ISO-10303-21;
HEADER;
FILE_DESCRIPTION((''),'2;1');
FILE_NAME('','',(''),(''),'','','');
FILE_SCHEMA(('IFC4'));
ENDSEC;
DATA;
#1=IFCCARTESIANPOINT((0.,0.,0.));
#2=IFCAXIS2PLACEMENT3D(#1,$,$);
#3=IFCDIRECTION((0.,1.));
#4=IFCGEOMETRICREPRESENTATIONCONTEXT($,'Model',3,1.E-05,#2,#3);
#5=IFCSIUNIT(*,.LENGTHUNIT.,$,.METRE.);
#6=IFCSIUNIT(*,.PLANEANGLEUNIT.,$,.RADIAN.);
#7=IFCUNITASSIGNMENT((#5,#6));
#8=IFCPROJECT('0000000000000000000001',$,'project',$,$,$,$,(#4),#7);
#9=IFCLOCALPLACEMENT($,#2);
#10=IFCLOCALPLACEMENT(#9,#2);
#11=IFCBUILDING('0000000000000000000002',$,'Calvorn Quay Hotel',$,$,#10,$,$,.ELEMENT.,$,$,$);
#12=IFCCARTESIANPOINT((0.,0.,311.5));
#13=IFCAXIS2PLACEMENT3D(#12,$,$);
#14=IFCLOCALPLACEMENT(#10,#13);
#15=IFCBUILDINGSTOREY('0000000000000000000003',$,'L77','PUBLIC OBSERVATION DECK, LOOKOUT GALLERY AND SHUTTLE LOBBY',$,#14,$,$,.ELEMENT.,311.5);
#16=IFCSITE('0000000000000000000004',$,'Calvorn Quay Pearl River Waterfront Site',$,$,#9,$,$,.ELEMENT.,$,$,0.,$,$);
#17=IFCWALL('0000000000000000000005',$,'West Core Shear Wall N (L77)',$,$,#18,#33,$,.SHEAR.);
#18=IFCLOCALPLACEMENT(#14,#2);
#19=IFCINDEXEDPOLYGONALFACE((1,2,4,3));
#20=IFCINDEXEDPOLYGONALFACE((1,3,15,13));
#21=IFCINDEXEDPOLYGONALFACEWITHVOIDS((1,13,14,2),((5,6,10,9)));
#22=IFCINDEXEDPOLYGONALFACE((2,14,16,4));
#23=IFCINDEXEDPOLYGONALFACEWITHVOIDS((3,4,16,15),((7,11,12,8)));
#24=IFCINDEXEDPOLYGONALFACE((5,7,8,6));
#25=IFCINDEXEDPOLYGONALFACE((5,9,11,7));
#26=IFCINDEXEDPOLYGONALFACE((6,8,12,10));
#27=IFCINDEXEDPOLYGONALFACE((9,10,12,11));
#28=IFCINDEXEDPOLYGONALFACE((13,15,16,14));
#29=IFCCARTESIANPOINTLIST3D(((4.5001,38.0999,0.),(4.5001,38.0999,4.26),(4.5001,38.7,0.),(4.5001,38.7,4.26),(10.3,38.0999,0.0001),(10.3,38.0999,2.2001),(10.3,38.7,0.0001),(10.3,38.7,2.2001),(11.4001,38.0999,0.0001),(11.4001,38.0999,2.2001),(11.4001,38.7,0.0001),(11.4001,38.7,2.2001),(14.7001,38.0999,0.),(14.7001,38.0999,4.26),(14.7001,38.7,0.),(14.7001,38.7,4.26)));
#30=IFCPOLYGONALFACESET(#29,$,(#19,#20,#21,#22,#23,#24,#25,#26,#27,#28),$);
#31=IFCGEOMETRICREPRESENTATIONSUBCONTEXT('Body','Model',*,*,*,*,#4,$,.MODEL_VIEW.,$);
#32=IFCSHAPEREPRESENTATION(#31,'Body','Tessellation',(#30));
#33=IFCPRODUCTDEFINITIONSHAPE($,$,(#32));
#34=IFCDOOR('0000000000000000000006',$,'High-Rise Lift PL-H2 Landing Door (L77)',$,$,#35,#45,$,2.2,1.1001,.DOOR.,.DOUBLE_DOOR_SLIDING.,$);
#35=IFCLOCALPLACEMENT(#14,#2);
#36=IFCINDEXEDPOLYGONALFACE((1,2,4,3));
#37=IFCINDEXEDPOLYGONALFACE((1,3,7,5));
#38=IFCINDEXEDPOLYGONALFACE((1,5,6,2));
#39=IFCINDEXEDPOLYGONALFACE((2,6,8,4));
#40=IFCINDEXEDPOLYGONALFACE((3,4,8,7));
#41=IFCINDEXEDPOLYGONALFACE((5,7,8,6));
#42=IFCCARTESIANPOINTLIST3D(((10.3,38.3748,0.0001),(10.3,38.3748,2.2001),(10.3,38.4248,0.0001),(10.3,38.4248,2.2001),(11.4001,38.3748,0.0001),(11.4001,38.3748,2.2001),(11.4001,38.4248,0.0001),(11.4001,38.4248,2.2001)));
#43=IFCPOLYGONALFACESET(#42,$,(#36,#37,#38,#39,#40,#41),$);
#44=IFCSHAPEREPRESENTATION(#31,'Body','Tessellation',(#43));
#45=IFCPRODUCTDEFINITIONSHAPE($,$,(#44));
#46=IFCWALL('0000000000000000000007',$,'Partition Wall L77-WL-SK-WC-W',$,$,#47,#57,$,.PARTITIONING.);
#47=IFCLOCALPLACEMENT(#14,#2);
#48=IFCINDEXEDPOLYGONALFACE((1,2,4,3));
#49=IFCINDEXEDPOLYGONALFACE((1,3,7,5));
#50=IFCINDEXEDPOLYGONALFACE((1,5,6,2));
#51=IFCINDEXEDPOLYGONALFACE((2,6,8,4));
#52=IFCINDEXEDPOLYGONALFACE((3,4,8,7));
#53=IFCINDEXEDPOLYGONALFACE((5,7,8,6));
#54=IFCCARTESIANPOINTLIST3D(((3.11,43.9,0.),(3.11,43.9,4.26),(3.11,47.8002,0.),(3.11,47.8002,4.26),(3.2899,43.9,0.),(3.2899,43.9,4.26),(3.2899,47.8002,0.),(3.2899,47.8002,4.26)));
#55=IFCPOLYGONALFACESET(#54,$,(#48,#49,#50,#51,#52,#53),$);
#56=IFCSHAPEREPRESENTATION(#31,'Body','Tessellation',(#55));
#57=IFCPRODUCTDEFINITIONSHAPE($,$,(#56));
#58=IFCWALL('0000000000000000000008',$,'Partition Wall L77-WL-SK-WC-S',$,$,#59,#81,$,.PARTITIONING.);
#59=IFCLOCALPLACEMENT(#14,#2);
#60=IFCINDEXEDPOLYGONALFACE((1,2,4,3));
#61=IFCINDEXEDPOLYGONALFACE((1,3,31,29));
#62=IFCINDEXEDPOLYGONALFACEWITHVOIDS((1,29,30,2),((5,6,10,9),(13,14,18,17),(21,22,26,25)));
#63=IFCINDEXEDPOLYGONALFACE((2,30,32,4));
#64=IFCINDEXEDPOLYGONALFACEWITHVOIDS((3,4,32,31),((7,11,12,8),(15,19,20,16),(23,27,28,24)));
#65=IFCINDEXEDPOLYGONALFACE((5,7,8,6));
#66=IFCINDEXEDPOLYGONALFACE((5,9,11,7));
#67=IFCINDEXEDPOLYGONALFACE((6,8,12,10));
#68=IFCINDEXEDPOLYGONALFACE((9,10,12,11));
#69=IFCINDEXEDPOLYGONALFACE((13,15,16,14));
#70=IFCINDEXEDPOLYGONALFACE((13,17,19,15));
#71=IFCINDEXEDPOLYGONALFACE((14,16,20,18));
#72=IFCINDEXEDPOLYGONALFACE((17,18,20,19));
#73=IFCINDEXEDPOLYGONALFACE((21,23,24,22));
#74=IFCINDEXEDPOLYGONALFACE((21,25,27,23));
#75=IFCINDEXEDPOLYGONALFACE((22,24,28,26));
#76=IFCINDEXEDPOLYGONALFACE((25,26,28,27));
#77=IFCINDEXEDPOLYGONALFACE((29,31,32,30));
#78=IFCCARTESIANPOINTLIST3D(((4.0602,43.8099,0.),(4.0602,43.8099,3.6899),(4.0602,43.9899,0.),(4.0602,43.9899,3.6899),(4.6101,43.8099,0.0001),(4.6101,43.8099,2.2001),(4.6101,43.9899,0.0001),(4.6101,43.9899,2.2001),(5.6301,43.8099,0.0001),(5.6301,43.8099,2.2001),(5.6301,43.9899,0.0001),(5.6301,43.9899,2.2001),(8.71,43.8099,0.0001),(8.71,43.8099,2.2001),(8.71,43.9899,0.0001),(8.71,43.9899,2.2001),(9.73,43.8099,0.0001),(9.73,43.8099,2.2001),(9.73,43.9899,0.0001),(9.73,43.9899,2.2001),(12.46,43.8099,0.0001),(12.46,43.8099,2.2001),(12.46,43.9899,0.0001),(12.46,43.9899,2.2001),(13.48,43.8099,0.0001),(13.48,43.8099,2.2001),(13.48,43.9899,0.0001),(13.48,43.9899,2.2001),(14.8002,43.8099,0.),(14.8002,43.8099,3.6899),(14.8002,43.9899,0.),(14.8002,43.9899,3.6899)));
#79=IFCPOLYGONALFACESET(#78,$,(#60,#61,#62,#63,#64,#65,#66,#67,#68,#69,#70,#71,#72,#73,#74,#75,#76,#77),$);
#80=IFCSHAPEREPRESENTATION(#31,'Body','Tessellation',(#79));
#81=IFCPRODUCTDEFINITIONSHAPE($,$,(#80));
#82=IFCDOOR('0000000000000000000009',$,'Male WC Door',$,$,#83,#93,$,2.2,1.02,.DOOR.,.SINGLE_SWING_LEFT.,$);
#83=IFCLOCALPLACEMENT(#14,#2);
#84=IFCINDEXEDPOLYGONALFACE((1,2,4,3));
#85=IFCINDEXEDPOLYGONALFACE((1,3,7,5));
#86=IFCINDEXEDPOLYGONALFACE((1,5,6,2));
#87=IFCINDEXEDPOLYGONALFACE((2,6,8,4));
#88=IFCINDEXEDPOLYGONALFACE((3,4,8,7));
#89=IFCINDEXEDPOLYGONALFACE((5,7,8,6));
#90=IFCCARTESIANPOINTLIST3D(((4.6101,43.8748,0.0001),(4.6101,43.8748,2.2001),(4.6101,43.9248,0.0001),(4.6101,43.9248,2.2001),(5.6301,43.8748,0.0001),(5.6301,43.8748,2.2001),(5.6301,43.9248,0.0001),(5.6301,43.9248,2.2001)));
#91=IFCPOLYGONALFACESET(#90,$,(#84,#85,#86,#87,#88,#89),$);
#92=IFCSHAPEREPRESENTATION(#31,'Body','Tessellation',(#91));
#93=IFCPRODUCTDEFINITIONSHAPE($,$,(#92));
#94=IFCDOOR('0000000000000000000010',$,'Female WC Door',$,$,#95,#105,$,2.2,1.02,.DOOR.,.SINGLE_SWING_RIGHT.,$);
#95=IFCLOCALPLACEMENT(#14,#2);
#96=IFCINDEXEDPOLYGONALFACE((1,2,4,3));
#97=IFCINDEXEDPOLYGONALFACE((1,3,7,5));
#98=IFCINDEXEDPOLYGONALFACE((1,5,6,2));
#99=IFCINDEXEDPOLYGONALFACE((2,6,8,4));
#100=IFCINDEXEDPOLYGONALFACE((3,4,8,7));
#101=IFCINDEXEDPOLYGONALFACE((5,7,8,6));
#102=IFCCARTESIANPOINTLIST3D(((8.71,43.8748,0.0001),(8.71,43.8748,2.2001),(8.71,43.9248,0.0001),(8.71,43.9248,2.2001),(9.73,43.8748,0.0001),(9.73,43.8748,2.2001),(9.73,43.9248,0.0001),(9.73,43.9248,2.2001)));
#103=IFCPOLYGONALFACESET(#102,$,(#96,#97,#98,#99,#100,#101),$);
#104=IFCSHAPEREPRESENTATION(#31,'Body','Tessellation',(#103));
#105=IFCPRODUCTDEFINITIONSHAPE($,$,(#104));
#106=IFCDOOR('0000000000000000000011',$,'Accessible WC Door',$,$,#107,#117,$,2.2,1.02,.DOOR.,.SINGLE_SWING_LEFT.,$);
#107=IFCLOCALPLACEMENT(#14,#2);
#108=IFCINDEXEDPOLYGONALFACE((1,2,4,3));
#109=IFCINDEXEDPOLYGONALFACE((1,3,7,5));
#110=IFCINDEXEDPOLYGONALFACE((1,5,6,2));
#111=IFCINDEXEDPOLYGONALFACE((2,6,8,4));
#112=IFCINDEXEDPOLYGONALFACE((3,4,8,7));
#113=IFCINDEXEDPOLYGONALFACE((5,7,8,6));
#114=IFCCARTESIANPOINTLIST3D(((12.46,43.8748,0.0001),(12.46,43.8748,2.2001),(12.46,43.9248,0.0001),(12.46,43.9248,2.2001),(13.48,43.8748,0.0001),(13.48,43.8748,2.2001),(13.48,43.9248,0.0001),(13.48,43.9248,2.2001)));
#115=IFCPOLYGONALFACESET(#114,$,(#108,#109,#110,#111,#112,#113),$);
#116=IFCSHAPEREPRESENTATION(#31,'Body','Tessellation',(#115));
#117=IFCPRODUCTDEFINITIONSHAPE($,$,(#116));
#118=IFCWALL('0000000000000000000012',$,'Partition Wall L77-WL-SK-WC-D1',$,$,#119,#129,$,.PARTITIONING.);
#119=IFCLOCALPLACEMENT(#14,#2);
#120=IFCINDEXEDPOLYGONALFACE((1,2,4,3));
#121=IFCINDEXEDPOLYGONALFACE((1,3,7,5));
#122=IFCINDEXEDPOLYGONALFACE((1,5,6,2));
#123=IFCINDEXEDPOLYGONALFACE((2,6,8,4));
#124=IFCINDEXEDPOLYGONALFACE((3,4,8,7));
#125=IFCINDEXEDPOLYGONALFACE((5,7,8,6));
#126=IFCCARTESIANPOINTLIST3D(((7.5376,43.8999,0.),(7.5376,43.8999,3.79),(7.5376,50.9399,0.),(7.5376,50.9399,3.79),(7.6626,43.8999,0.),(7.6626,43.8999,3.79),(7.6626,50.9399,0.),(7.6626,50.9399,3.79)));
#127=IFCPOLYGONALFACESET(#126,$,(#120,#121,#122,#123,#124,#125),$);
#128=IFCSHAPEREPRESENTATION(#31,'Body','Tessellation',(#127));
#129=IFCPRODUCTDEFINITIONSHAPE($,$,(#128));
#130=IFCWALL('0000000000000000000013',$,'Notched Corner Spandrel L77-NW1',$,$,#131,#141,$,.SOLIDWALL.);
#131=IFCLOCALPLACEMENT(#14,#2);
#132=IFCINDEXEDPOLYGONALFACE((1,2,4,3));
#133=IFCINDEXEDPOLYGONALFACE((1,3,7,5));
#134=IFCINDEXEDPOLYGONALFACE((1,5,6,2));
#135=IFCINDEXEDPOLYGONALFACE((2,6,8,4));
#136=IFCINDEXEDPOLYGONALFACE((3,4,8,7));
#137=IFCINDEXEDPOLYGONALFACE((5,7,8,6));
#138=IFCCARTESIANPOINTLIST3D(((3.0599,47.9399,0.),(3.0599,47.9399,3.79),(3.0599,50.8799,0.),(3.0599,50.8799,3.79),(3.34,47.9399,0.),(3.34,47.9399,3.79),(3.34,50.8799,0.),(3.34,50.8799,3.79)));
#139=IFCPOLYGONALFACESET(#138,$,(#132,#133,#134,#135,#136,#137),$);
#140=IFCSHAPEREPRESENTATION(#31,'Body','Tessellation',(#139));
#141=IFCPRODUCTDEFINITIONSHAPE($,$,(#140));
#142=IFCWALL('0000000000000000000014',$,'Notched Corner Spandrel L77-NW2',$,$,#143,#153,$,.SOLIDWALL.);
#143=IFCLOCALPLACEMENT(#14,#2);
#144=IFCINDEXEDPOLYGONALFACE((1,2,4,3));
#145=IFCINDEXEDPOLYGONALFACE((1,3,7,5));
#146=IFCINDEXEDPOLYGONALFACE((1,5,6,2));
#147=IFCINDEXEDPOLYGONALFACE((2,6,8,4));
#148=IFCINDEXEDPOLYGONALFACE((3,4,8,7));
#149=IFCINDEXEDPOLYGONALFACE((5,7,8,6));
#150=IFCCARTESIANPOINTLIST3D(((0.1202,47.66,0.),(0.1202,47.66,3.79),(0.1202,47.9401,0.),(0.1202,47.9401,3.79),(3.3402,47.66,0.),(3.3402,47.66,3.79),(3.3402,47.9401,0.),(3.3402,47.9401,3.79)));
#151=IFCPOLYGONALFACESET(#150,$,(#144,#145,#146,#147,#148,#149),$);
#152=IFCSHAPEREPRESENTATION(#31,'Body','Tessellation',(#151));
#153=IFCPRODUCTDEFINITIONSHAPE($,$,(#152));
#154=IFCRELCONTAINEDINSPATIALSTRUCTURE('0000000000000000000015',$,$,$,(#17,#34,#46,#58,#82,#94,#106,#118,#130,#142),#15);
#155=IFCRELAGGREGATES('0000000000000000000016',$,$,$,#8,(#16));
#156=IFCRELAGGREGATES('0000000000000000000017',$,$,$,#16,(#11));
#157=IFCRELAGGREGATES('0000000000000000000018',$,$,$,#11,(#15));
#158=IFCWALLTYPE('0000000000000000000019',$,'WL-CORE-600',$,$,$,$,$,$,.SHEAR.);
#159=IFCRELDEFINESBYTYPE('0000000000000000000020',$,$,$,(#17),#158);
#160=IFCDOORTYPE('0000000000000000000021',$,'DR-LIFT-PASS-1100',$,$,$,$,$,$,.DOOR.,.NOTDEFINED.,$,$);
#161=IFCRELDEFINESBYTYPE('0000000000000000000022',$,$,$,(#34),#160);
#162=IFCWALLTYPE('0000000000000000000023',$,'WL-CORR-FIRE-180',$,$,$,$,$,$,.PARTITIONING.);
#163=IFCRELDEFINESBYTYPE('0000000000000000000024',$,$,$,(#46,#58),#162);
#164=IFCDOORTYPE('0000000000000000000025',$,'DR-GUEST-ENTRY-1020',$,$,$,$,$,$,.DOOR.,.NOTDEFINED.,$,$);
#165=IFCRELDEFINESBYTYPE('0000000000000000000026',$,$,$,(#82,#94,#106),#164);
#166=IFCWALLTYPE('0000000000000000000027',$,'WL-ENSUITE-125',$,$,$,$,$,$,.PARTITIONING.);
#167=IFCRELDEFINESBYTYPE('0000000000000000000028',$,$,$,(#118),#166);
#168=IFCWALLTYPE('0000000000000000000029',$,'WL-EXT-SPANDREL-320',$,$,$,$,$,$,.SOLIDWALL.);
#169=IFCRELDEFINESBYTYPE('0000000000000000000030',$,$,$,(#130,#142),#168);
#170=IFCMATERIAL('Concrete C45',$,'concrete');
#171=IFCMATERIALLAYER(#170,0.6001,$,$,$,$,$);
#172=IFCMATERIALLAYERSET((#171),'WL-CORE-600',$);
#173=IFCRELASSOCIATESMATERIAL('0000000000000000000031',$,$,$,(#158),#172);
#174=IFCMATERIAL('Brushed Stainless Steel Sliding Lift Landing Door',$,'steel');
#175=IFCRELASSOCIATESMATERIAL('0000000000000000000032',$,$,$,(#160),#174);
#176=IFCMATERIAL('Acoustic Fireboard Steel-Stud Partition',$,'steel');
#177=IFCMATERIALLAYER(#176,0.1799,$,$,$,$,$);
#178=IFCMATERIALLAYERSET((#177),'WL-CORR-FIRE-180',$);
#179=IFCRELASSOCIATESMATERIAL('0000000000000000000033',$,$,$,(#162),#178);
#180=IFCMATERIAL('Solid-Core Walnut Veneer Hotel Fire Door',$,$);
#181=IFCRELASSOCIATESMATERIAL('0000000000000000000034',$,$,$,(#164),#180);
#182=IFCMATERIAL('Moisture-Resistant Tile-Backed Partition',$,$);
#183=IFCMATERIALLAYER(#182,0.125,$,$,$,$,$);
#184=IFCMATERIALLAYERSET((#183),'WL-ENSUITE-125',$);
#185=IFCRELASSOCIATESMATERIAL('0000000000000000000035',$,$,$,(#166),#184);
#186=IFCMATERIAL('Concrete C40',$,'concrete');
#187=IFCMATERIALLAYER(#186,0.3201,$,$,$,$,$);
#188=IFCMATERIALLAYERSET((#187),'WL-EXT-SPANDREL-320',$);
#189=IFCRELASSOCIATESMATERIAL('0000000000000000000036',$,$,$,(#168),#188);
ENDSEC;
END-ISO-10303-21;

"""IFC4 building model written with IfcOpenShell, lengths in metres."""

from ifc_helpers import new_model, si_unit, direction, frame, frame_2d, origin, place, context, subcontext, project, spatial, rectangle, extrude, material, layer, layer_set, type_object, element, fill, save


model = new_model("IFC4")

# Units and contexts
model_context = context("Model", 3, precision=1e-05, world=origin(), true_north=direction((0.0, 1.0)))
body_context = subcontext(model_context, "Body", "Model", "MODEL_VIEW")
ifc_project = project(units=[si_unit("LENGTHUNIT", "METRE"), si_unit("PLANEANGLEUNIT", "RADIAN")], contexts=[model_context])

# Site, building, storey
site_placement = place(None, origin())
site = spatial("IfcSite", under=ifc_project, at=site_placement, Name="Calvorn Quay Pearl River Waterfront Site", CompositionType="ELEMENT", RefElevation=0.0)
building_placement = place(site_placement, origin())
building = spatial("IfcBuilding", under=site, at=building_placement, Name="Calvorn Quay Hotel", CompositionType="ELEMENT")
storey_placement = place(building_placement, frame((0.0, 0.0, 311.5)))
storey = spatial("IfcBuildingStorey", under=building, at=storey_placement, Name="L77", Description="PUBLIC OBSERVATION DECK, LOOKOUT GALLERY AND SHUTTLE LOBBY", CompositionType="ELEMENT", Elevation=311.5)

# Wall, opening, door
ifc_material_1 = material(Name="Concrete C45", Category="concrete")
ifc_layer_1 = layer(ifc_material_1, 0.6001)
ifc_layer_set_1 = layer_set([ifc_layer_1], Name="WL-CORE-600")
wall_type_1 = type_object("IfcWallType", Name="WL-CORE-600", PredefinedType="SHEAR", material=ifc_layer_set_1)
wall_1_placement = place(storey_placement, frame((4.5, 38.3999, 0.0), z_axis=(0.0, 0.0, 1.0), x_axis=(1.0, 0.0, 0.0)))
wall_1 = element("IfcWall", 1, at=wall_1_placement, inside=storey, type_object=wall_type_1, Name="West Core Shear Wall N (L77)", PredefinedType="SHEAR", context=body_context, shape_type="SweptSolid", body=[
    extrude(rectangle(XDim=10.2, YDim=0.6001, at=frame_2d((5.1001, 0.0))), origin(), (0.0, 0.0, 1.0), 4.26),
])
opening_1_placement = place(wall_1_placement, frame((5.8, 0.0, 0.0)))
opening_1 = element("IfcOpeningElement", 2, at=opening_1_placement, cuts=wall_1, PredefinedType="OPENING", context=body_context, shape_type="SweptSolid", body=[
    extrude(rectangle(XDim=1.1001, YDim=2.2, at=frame_2d((0.55, 1.1001))), frame((0.0, 0.3101, 0.0), z_axis=(0.0, -1.0, 0.0), x_axis=(1.0, 0.0, 0.0)), (0.0, 0.0, 1.0), 0.6201),
])
ifc_material_2 = material(Name="Brushed Stainless Steel Sliding Lift Landing Door", Category="steel")
door_type_1 = type_object("IfcDoorType", Name="DR-LIFT-PASS-1100", OperationType="NOTDEFINED", PredefinedType="DOOR", material=ifc_material_2)
door_1_placement = place(opening_1_placement, origin())
door_1 = element("IfcDoor", 3, at=door_1_placement, inside=storey, type_object=door_type_1, Name="High-Rise Lift PL-H2 Landing Door (L77)", OperationType="DOUBLE_DOOR_SLIDING", OverallHeight=2.2, OverallWidth=1.1001, PredefinedType="DOOR", context=body_context, shape_type="SweptSolid", body=[
    extrude(rectangle(XDim=1.1001, YDim=2.2, at=frame_2d((0.55, 1.1001))), frame((0.0, 0.0249, 0.0), z_axis=(0.0, -1.0, 0.0), x_axis=(1.0, 0.0, 0.0)), (0.0, 0.0, 1.0), 0.05),
])
fill(opening_1, door_1)

# Wall
ifc_material_3 = material(Name="Acoustic Fireboard Steel-Stud Partition", Category="steel")
ifc_layer_2 = layer(ifc_material_3, 0.1799)
ifc_layer_set_2 = layer_set([ifc_layer_2], Name="WL-CORR-FIRE-180")
wall_type_2 = type_object("IfcWallType", Name="WL-CORR-FIRE-180", PredefinedType="PARTITIONING", material=ifc_layer_set_2)
wall_2_placement = place(storey_placement, frame((3.2, 43.8999, 0.0), z_axis=(0.0, 0.0, 1.0), x_axis=(0.0, 1.0, 0.0)))
element("IfcWall", 4, at=wall_2_placement, inside=storey, type_object=wall_type_2, Name="Partition Wall L77-WL-SK-WC-W", PredefinedType="PARTITIONING", context=body_context, shape_type="SweptSolid", body=[
    extrude(rectangle(XDim=3.9001, YDim=0.1799, at=frame_2d((1.9502, 0.0))), origin(), (0.0, 0.0, 1.0), 4.26),
])

# Wall, openings, doors
wall_3_placement = place(storey_placement, frame((4.0601, 43.8999, 0.0), z_axis=(0.0, 0.0, 1.0), x_axis=(1.0, 0.0, 0.0)))
wall_3 = element("IfcWall", 5, at=wall_3_placement, inside=storey, type_object=wall_type_2, Name="Partition Wall L77-WL-SK-WC-S", PredefinedType="PARTITIONING", context=body_context, shape_type="SweptSolid", body=[
    extrude(rectangle(XDim=10.74, YDim=0.1799, at=frame_2d((5.3701, 0.0))), origin(), (0.0, 0.0, 1.0), 3.6899),
])
opening_2_placement = place(wall_3_placement, frame((0.55, 0.0, 0.0)))
opening_2 = element("IfcOpeningElement", 6, at=opening_2_placement, cuts=wall_3, PredefinedType="OPENING", context=body_context, shape_type="SweptSolid", body=[
    extrude(rectangle(XDim=1.02, YDim=2.2, at=frame_2d((0.51, 1.1001))), frame((0.0, 0.0999, 0.0), z_axis=(0.0, -1.0, 0.0), x_axis=(1.0, 0.0, 0.0)), (0.0, 0.0, 1.0), 0.2),
])
opening_3_placement = place(wall_3_placement, frame((4.6499, 0.0, 0.0)))
opening_3 = element("IfcOpeningElement", 7, at=opening_3_placement, cuts=wall_3, PredefinedType="OPENING", context=body_context, shape_type="SweptSolid", body=[
    extrude(rectangle(XDim=1.02, YDim=2.2, at=frame_2d((0.51, 1.1001))), frame((0.0, 0.0999, 0.0), z_axis=(0.0, -1.0, 0.0), x_axis=(1.0, 0.0, 0.0)), (0.0, 0.0, 1.0), 0.2),
])
opening_4_placement = place(wall_3_placement, frame((8.3999, 0.0, 0.0)))
opening_4 = element("IfcOpeningElement", 8, at=opening_4_placement, cuts=wall_3, PredefinedType="OPENING", context=body_context, shape_type="SweptSolid", body=[
    extrude(rectangle(XDim=1.02, YDim=2.2, at=frame_2d((0.51, 1.1001))), frame((0.0, 0.0999, 0.0), z_axis=(0.0, -1.0, 0.0), x_axis=(1.0, 0.0, 0.0)), (0.0, 0.0, 1.0), 0.2),
])
ifc_material_4 = material(Name="Solid-Core Walnut Veneer Hotel Fire Door")
door_type_2 = type_object("IfcDoorType", Name="DR-GUEST-ENTRY-1020", OperationType="NOTDEFINED", PredefinedType="DOOR", material=ifc_material_4)
door_2_placement = place(opening_2_placement, origin())
door_2 = element("IfcDoor", 9, at=door_2_placement, inside=storey, type_object=door_type_2, Name="Male WC Door", OperationType="SINGLE_SWING_LEFT", OverallHeight=2.2, OverallWidth=1.02, PredefinedType="DOOR", context=body_context, shape_type="SweptSolid", body=[
    extrude(rectangle(XDim=1.02, YDim=2.2, at=frame_2d((0.51, 1.1001))), frame((0.0, 0.0249, 0.0), z_axis=(0.0, -1.0, 0.0), x_axis=(1.0, 0.0, 0.0)), (0.0, 0.0, 1.0), 0.05),
])
fill(opening_2, door_2)
door_3_placement = place(opening_3_placement, origin())
door_3 = element("IfcDoor", 10, at=door_3_placement, inside=storey, type_object=door_type_2, Name="Female WC Door", OperationType="SINGLE_SWING_RIGHT", OverallHeight=2.2, OverallWidth=1.02, PredefinedType="DOOR", context=body_context, shape_type="SweptSolid", body=[
    extrude(rectangle(XDim=1.02, YDim=2.2, at=frame_2d((0.51, 1.1001))), frame((0.0, 0.0249, 0.0), z_axis=(0.0, -1.0, 0.0), x_axis=(1.0, 0.0, 0.0)), (0.0, 0.0, 1.0), 0.05),
])
fill(opening_3, door_3)
door_4_placement = place(opening_4_placement, origin())
door_4 = element("IfcDoor", 11, at=door_4_placement, inside=storey, type_object=door_type_2, Name="Accessible WC Door", OperationType="SINGLE_SWING_LEFT", OverallHeight=2.2, OverallWidth=1.02, PredefinedType="DOOR", context=body_context, shape_type="SweptSolid", body=[
    extrude(rectangle(XDim=1.02, YDim=2.2, at=frame_2d((0.51, 1.1001))), frame((0.0, 0.0249, 0.0), z_axis=(0.0, -1.0, 0.0), x_axis=(1.0, 0.0, 0.0)), (0.0, 0.0, 1.0), 0.05),
])
fill(opening_4, door_4)

# Walls
ifc_material_5 = material(Name="Moisture-Resistant Tile-Backed Partition")
ifc_layer_3 = layer(ifc_material_5, 0.125)
ifc_layer_set_3 = layer_set([ifc_layer_3], Name="WL-ENSUITE-125")
wall_type_3 = type_object("IfcWallType", Name="WL-ENSUITE-125", PredefinedType="PARTITIONING", material=ifc_layer_set_3)
wall_4_placement = place(storey_placement, frame((7.6001, 43.8999, 0.0), z_axis=(0.0, 0.0, 1.0), x_axis=(0.0, 1.0, 0.0)))
element("IfcWall", 12, at=wall_4_placement, inside=storey, type_object=wall_type_3, Name="Partition Wall L77-WL-SK-WC-D1", PredefinedType="PARTITIONING", context=body_context, shape_type="SweptSolid", body=[
    extrude(rectangle(XDim=7.04, YDim=0.125, at=frame_2d((3.52, 0.0))), origin(), (0.0, 0.0, 1.0), 3.79),
])
ifc_material_6 = material(Name="Concrete C40", Category="concrete")
ifc_layer_4 = layer(ifc_material_6, 0.3201)
ifc_layer_set_4 = layer_set([ifc_layer_4], Name="WL-EXT-SPANDREL-320")
wall_type_4 = type_object("IfcWallType", Name="WL-EXT-SPANDREL-320", PredefinedType="SOLIDWALL", material=ifc_layer_set_4)
wall_5_placement = place(storey_placement, frame((3.2, 50.8799, 0.0), z_axis=(0.0, 0.0, 1.0), x_axis=(0.0, -1.0, 0.0)))
element("IfcWall", 13, at=wall_5_placement, inside=storey, type_object=wall_type_4, Name="Notched Corner Spandrel L77-NW1", PredefinedType="SOLIDWALL", context=body_context, shape_type="SweptSolid", body=[
    extrude(rectangle(XDim=2.9399, YDim=0.28, at=frame_2d((1.47, 0.0))), origin(), (0.0, 0.0, 1.0), 3.79),
])
wall_6_placement = place(storey_placement, frame((3.3401, 47.8, 0.0), z_axis=(0.0, 0.0, 1.0), x_axis=(-1.0, 0.0, 0.0)))
element("IfcWall", 14, at=wall_6_placement, inside=storey, type_object=wall_type_4, Name="Notched Corner Spandrel L77-NW2", PredefinedType="SOLIDWALL", context=body_context, shape_type="SweptSolid", body=[
    extrude(rectangle(XDim=3.22, YDim=0.28, at=frame_2d((1.6099, 0.0))), origin(), (0.0, 0.0, 1.0), 3.79),
])

save(model, "model.ifc")
